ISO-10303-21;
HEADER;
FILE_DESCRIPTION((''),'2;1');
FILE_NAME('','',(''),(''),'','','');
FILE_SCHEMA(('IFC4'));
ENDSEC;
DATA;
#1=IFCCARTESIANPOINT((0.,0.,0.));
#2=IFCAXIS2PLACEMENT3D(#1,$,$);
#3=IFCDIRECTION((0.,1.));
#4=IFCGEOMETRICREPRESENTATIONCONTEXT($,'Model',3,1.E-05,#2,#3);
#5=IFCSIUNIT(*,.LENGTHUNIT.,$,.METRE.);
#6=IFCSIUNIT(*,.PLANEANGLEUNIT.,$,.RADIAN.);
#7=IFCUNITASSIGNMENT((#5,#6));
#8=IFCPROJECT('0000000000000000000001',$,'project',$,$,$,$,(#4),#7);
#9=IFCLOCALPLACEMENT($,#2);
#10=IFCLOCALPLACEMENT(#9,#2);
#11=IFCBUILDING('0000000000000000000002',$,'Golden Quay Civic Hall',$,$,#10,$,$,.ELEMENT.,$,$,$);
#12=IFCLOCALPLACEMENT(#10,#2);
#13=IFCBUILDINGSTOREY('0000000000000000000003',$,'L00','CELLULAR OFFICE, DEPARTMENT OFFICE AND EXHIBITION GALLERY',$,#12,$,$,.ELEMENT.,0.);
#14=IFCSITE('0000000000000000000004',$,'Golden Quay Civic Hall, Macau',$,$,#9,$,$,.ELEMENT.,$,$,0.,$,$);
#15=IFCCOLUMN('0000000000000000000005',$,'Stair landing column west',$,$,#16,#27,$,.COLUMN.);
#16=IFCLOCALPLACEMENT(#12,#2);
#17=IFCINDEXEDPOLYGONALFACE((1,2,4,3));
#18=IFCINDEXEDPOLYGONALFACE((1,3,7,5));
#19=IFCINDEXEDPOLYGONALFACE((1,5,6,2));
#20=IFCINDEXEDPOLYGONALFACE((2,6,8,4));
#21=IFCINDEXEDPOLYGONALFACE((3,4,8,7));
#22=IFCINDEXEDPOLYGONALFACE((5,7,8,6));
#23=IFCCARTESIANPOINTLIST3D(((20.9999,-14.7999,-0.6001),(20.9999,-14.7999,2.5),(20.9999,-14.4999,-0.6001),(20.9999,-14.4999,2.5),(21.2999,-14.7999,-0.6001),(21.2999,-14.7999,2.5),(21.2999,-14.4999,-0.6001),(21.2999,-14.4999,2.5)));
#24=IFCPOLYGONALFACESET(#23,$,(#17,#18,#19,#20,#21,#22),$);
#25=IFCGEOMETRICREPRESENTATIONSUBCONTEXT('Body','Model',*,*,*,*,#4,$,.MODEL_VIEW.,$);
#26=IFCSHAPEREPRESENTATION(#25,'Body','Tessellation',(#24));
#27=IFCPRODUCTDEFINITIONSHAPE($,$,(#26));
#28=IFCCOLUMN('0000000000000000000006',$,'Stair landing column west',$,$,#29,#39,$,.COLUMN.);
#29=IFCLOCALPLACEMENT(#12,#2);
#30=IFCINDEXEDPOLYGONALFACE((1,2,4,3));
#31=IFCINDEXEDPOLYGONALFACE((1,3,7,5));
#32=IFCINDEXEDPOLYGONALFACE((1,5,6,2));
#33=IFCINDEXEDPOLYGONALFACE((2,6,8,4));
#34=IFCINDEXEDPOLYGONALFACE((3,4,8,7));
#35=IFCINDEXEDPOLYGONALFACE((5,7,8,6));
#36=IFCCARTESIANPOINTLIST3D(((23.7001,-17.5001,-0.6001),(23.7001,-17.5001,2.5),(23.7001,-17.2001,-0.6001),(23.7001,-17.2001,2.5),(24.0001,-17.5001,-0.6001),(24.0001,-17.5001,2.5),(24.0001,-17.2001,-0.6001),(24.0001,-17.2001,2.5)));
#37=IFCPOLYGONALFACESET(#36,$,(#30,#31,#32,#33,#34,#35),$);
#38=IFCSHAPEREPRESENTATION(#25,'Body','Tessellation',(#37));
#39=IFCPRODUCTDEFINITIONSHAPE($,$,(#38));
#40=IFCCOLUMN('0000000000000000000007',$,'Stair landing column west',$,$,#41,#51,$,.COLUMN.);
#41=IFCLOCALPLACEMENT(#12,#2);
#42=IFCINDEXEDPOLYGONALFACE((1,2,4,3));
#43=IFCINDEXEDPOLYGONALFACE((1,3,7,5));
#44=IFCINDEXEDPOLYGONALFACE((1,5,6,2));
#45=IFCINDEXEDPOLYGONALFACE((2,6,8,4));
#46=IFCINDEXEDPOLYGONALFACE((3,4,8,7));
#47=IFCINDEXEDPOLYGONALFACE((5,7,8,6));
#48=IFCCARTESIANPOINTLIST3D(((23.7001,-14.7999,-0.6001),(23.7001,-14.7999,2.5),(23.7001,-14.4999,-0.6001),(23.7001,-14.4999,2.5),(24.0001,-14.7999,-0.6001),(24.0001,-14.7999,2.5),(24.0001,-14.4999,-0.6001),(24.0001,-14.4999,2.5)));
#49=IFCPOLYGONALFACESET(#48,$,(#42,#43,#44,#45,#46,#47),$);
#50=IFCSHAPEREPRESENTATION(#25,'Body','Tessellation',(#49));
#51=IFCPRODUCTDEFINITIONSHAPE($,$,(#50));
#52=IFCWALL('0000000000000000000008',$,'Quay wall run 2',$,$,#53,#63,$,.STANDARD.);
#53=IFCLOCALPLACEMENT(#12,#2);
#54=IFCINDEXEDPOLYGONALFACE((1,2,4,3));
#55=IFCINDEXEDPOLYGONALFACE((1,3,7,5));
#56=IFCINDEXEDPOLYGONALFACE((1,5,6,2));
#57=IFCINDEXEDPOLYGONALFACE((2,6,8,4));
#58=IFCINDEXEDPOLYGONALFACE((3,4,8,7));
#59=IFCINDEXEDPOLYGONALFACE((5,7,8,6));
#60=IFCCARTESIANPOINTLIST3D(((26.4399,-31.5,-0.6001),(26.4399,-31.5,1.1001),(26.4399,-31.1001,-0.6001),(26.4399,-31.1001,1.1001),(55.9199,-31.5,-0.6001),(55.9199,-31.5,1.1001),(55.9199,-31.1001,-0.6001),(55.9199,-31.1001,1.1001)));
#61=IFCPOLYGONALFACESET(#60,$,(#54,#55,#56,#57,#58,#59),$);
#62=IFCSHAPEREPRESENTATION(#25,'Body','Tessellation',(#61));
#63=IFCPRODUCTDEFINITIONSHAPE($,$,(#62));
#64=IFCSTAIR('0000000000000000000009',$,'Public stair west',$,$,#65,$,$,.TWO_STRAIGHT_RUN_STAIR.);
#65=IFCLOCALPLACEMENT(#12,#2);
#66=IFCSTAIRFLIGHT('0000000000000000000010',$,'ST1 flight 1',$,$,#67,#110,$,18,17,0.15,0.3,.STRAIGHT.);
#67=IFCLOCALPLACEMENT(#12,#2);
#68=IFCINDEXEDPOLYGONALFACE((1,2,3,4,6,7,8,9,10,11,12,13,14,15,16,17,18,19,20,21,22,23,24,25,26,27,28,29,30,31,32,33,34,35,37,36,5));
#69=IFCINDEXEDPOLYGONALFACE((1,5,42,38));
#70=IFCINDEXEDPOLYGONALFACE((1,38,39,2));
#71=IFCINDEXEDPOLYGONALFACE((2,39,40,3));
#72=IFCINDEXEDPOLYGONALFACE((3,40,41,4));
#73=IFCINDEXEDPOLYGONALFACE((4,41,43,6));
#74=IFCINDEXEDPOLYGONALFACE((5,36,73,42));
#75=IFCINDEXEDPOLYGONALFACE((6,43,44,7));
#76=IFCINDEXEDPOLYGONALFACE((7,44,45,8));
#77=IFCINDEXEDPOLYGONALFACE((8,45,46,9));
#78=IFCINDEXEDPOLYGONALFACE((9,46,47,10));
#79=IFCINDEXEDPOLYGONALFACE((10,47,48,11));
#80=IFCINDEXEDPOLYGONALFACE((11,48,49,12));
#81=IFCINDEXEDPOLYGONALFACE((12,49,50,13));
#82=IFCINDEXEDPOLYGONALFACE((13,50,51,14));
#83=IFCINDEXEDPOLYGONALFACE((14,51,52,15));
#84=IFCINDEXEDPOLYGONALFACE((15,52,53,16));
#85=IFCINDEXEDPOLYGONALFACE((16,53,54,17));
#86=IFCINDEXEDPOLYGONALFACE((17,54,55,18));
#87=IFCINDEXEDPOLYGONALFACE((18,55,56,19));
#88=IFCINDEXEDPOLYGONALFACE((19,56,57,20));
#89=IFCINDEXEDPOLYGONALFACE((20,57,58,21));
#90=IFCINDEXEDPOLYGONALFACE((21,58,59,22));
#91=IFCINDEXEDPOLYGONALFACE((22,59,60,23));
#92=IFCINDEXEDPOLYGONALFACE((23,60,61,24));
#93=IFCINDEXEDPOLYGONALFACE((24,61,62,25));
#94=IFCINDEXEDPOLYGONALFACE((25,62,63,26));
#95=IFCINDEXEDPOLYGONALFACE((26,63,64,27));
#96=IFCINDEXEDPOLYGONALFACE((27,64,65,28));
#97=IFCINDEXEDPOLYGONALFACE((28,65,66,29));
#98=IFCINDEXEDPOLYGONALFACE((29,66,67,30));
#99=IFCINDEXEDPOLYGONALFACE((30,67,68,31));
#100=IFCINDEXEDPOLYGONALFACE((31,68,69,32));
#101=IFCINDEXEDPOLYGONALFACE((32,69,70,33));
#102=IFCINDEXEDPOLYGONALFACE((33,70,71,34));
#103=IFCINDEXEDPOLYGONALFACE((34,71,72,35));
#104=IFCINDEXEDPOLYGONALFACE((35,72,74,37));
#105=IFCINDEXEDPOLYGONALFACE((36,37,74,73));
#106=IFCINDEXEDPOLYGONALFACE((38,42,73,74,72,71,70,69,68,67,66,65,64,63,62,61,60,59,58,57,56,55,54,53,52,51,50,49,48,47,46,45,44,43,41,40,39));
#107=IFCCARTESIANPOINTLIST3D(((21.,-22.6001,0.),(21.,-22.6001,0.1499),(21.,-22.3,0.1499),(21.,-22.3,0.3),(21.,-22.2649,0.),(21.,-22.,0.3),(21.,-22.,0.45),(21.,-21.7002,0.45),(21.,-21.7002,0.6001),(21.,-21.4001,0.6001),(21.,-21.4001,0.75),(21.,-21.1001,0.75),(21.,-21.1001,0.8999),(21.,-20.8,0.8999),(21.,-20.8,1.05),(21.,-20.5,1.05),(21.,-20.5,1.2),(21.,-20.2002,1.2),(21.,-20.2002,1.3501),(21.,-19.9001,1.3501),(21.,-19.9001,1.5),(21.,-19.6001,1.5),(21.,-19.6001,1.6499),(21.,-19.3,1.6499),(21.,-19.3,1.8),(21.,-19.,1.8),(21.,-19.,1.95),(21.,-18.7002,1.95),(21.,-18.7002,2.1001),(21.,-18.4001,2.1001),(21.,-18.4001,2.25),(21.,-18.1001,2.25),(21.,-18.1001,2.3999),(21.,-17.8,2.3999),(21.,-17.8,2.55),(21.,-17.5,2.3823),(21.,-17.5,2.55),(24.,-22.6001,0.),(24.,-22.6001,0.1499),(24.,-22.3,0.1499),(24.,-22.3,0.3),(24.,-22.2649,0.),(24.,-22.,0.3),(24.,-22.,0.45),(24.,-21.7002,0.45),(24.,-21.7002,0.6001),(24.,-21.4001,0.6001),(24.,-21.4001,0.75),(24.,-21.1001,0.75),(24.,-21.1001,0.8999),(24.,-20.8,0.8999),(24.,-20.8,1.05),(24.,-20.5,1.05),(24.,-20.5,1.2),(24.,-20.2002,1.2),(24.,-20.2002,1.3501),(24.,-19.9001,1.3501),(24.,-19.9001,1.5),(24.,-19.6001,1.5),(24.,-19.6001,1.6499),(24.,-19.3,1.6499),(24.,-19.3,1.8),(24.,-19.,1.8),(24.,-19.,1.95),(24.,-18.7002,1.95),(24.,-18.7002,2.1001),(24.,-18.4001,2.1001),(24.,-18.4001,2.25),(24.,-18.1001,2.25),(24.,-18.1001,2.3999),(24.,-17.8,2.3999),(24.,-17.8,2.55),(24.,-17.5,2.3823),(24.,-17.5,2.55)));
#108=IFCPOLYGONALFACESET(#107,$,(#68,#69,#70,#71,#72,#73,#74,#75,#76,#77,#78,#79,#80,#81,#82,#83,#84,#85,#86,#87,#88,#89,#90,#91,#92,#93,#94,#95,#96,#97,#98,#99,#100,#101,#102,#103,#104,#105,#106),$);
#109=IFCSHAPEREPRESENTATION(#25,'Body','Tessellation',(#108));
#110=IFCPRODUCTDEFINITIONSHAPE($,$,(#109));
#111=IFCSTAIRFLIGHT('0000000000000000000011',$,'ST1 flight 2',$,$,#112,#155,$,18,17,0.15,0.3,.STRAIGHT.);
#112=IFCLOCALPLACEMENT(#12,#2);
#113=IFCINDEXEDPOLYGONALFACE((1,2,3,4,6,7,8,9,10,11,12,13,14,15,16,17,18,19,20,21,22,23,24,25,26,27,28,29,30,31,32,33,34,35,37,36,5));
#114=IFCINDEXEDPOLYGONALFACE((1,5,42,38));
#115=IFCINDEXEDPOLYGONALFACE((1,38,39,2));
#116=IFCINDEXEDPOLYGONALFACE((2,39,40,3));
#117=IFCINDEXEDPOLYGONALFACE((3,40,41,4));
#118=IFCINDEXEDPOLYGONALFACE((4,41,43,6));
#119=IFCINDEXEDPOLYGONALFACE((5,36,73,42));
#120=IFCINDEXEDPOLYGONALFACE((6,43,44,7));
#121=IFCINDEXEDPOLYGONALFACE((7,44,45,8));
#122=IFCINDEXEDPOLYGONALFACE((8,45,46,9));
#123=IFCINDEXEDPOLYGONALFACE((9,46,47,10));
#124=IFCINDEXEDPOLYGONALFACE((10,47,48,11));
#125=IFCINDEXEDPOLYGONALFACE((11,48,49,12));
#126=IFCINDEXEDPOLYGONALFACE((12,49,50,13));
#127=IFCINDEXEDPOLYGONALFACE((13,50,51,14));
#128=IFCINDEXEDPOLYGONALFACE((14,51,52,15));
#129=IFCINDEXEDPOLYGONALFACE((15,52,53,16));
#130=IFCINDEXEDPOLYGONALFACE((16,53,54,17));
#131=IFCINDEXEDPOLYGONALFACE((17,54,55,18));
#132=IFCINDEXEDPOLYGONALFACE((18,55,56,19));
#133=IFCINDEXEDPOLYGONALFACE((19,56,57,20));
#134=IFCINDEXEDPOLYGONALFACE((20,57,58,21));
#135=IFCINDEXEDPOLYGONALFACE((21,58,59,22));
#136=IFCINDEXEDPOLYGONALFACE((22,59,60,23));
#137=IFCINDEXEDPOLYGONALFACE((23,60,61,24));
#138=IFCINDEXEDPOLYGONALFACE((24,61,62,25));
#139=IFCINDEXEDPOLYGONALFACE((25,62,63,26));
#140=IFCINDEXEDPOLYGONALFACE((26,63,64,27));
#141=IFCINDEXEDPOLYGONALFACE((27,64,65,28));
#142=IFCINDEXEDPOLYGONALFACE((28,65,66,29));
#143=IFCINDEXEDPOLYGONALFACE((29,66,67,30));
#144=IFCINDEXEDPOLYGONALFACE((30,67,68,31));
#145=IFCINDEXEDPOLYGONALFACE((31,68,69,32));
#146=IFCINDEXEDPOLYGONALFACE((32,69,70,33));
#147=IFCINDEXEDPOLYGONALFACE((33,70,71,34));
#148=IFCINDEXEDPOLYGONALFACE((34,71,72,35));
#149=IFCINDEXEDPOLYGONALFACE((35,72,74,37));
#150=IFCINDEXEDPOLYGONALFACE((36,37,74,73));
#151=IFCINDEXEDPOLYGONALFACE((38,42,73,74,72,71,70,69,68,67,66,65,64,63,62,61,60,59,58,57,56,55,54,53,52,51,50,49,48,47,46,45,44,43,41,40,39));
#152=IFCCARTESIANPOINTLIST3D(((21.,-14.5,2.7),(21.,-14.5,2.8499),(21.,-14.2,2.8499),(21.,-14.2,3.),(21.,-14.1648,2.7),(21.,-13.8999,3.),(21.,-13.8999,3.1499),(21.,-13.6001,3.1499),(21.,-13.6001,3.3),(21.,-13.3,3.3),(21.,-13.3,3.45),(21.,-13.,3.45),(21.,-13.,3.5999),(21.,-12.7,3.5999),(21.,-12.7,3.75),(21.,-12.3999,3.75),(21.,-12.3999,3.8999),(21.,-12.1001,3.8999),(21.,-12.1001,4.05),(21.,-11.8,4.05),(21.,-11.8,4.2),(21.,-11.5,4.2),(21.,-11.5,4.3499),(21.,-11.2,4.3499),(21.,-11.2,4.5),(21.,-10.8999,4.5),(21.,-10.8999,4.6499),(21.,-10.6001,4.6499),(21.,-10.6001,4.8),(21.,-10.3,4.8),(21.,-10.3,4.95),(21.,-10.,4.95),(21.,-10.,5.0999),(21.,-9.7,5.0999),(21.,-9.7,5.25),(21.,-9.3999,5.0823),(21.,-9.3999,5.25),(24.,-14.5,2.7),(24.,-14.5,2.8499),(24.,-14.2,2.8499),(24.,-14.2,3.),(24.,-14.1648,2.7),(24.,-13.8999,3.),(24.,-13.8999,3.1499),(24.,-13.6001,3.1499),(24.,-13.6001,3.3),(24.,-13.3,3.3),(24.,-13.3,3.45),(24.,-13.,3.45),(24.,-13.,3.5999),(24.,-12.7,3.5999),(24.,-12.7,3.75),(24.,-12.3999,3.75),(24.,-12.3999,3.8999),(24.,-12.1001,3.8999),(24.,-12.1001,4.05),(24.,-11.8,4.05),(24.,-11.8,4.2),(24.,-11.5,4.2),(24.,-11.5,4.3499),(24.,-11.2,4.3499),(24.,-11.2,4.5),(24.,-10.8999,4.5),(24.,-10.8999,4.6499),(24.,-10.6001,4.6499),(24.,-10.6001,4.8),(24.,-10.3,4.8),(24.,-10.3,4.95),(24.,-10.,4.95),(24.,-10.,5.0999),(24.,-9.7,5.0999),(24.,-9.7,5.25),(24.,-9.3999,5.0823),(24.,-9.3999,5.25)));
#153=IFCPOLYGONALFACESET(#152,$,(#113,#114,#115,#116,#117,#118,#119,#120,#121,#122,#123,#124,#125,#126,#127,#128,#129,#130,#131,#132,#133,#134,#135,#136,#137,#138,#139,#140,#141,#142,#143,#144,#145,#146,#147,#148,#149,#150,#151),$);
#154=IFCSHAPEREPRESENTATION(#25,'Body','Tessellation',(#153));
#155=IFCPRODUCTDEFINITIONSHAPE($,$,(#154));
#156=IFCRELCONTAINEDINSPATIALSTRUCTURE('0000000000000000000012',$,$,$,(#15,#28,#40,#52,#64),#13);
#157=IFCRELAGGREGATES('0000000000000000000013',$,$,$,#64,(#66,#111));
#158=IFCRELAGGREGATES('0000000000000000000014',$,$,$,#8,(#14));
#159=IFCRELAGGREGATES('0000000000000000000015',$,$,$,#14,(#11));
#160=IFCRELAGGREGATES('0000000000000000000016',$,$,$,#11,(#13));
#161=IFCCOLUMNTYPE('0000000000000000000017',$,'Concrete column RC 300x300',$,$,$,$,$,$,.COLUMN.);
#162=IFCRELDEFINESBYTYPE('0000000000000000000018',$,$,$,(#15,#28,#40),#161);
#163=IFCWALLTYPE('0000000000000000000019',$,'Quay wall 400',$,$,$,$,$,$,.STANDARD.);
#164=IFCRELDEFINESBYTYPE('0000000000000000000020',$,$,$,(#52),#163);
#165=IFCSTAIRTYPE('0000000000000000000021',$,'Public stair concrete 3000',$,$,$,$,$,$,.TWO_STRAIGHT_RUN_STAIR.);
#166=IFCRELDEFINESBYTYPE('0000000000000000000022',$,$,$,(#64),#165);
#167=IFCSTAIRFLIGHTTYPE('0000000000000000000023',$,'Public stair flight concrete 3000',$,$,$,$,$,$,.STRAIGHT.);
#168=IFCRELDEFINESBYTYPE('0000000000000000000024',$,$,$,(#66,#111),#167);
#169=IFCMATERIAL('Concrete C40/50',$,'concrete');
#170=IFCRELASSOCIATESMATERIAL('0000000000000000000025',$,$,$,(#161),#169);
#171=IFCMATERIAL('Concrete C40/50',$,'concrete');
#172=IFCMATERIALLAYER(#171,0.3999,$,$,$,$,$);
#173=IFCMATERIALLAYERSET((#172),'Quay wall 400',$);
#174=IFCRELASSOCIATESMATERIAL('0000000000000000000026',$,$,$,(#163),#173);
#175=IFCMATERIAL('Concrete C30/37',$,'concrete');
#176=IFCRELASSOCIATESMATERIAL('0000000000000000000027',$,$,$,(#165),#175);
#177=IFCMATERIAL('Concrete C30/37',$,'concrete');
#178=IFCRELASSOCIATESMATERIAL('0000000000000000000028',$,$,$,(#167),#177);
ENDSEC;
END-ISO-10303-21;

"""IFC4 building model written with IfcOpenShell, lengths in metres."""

from ifc_helpers import new_model, si_unit, direction, frame, frame_2d, origin, origin_2d, place, context, subcontext, project, spatial, polyline, rectangle, outline, extrude, material, layer, layer_set, material_profile, profile_set, type_object, element, aggregate, save


model = new_model("IFC4")

# Units and contexts
model_context = context("Model", 3, precision=1e-05, world=origin(), true_north=direction((0.0, 1.0)))
body_context = subcontext(model_context, "Body", "Model", "MODEL_VIEW")
ifc_project = project(units=[si_unit("LENGTHUNIT", "METRE"), si_unit("PLANEANGLEUNIT", "RADIAN")], contexts=[model_context])

# Site, building, storey
site_placement = place(None, origin())
site = spatial("IfcSite", under=ifc_project, at=site_placement, Name="Golden Quay Civic Hall, Macau", CompositionType="ELEMENT", RefElevation=0.0)
building_placement = place(site_placement, origin())
building = spatial("IfcBuilding", under=site, at=building_placement, Name="Golden Quay Civic Hall", CompositionType="ELEMENT")
storey_placement = place(building_placement, origin())
storey = spatial("IfcBuildingStorey", under=building, at=storey_placement, Name="L00", Description="CELLULAR OFFICE, DEPARTMENT OFFICE AND EXHIBITION GALLERY", CompositionType="ELEMENT", Elevation=0.0)

# Columns
ifc_material_1 = material(Name="Concrete C40/50", Category="concrete")
ifc_material_profile_1 = material_profile(ifc_material_1, rectangle(XDim=0.3, YDim=0.3, at=origin_2d()), Name="RC 300x300")
ifc_profile_set_1 = profile_set([ifc_material_profile_1], Name="Concrete C40/50")
column_type = type_object("IfcColumnType", Name="Concrete column RC 300x300", PredefinedType="COLUMN", material=ifc_profile_set_1)
for number, where, z_axis, x_axis, name in (
    (1, (21.1499, -14.6499, -0.6001), (0.0, 0.0, 1.0), (1.0, 0.0, 0.0), "Stair landing column west"),
    (2, (23.8501, -17.3501, -0.6001), (0.0, 0.0, 1.0), (1.0, 0.0, 0.0), "Stair landing column west"),
    (3, (23.8501, -14.6499, -0.6001), (0.0, 0.0, 1.0), (1.0, 0.0, 0.0), "Stair landing column west"),
):
    element("IfcColumn", number, at=place(storey_placement, frame(where, z_axis=z_axis, x_axis=x_axis)), inside=storey, type_object=column_type, Name=name, PredefinedType="COLUMN", context=body_context, shape_type="SweptSolid", body=[
        extrude(rectangle(XDim=0.3, YDim=0.3, at=origin_2d()), origin(), (0.0, 0.0, 1.0), 3.1001),
    ])

# Wall
ifc_material_2 = material(Name="Concrete C40/50", Category="concrete")
ifc_layer_1 = layer(ifc_material_2, 0.3999)
ifc_layer_set_1 = layer_set([ifc_layer_1], Name="Quay wall 400")
wall_type = type_object("IfcWallType", Name="Quay wall 400", PredefinedType="STANDARD", material=ifc_layer_set_1)
wall_placement = place(storey_placement, frame((26.4399, -31.3, -0.6001), z_axis=(0.0, 0.0, 1.0), x_axis=(1.0, 0.0, 0.0)))
element("IfcWall", 4, at=wall_placement, inside=storey, type_object=wall_type, Name="Quay wall run 2", PredefinedType="STANDARD", context=body_context, shape_type="SweptSolid", body=[
    extrude(rectangle(XDim=29.48, YDim=0.3999, at=frame_2d((14.74, 0.0))), origin(), (0.0, 0.0, 1.0), 1.7002),
])

# Stair, stair flights
ifc_material_3 = material(Name="Concrete C30/37", Category="concrete")
stair_type = type_object("IfcStairType", Name="Public stair concrete 3000", PredefinedType="TWO_STRAIGHT_RUN_STAIR", material=ifc_material_3)
stair_placement = place(storey_placement, origin())
stair = element("IfcStair", 5, at=stair_placement, inside=storey, type_object=stair_type, Name="Public stair west", PredefinedType="TWO_STRAIGHT_RUN_STAIR")
ifc_material_4 = material(Name="Concrete C30/37", Category="concrete")
stair_flight_type = type_object("IfcStairFlightType", Name="Public stair flight concrete 3000", PredefinedType="STRAIGHT", material=ifc_material_4)
stair_flight_1_placement = place(storey_placement, frame((22.5, -22.6001, 0.0), z_axis=(0.0, 0.0, 1.0), x_axis=(0.0, 1.0, 0.0)))
stair_flight_1 = element("IfcStairFlight", 6, at=stair_flight_1_placement, type_object=stair_flight_type, Name="ST1 flight 1", NumberOfRisers=18, NumberOfTreads=17, PredefinedType="STRAIGHT", RiserHeight=0.15, TreadLength=0.3, context=body_context, shape_type="SweptSolid", body=[
    extrude(outline(polyline([(0.0, 0.0), (0.0, 0.1499), (0.3, 0.1499), (0.3, 0.3), (0.6001, 0.3), (0.6001, 0.45), (0.8999, 0.45), (0.8999, 0.6001), (1.2, 0.6001), (1.2, 0.75), (1.5, 0.75), (1.5, 0.8999), (1.8, 0.8999), (1.8, 1.05), (2.1001, 1.05), (2.1001, 1.2), (2.3999, 1.2), (2.3999, 1.3501), (2.7, 1.3501), (2.7, 1.5), (3.0, 1.5), (3.0, 1.6499), (3.3, 1.6499), (3.3, 1.8), (3.6001, 1.8), (3.6001, 1.95), (3.8999, 1.95), (3.8999, 2.1001), (4.2, 2.1001), (4.2, 2.25), (4.5, 2.25), (4.5, 2.3999), (4.8, 2.3999), (4.8, 2.55), (5.1001, 2.55), (5.1001, 2.7), (5.1001, 2.3823), (0.3352, 0.0), (0.0, 0.0)])), frame((0.0, 1.5, 0.0), z_axis=(0.0, -1.0, 0.0), x_axis=(1.0, 0.0, 0.0)), (0.0, 0.0, 1.0), 3.0),
])
stair_flight_2_placement = place(storey_placement, frame((22.5, -14.5, 2.7), z_axis=(0.0, 0.0, 1.0), x_axis=(0.0, 1.0, 0.0)))
stair_flight_2 = element("IfcStairFlight", 7, at=stair_flight_2_placement, type_object=stair_flight_type, Name="ST1 flight 2", NumberOfRisers=18, NumberOfTreads=17, PredefinedType="STRAIGHT", RiserHeight=0.15, TreadLength=0.3, context=body_context, shape_type="SweptSolid", body=[
    extrude(outline(polyline([(0.0, 0.0), (0.0, 0.1499), (0.3, 0.1499), (0.3, 0.3), (0.6001, 0.3), (0.6001, 0.45), (0.8999, 0.45), (0.8999, 0.6001), (1.2, 0.6001), (1.2, 0.75), (1.5, 0.75), (1.5, 0.8999), (1.8, 0.8999), (1.8, 1.05), (2.1001, 1.05), (2.1001, 1.2), (2.3999, 1.2), (2.3999, 1.3501), (2.7, 1.3501), (2.7, 1.5), (3.0, 1.5), (3.0, 1.6499), (3.3, 1.6499), (3.3, 1.8), (3.6001, 1.8), (3.6001, 1.95), (3.8999, 1.95), (3.8999, 2.1001), (4.2, 2.1001), (4.2, 2.25), (4.5, 2.25), (4.5, 2.3999), (4.8, 2.3999), (4.8, 2.55), (5.1001, 2.55), (5.1001, 2.7), (5.1001, 2.3823), (0.3352, 0.0), (0.0, 0.0)])), frame((0.0, 1.5, 0.0), z_axis=(0.0, -1.0, 0.0), x_axis=(1.0, 0.0, 0.0)), (0.0, 0.0, 1.0), 3.0),
])
aggregate(stair, [stair_flight_1, stair_flight_2])

save(model, "model.ifc")
